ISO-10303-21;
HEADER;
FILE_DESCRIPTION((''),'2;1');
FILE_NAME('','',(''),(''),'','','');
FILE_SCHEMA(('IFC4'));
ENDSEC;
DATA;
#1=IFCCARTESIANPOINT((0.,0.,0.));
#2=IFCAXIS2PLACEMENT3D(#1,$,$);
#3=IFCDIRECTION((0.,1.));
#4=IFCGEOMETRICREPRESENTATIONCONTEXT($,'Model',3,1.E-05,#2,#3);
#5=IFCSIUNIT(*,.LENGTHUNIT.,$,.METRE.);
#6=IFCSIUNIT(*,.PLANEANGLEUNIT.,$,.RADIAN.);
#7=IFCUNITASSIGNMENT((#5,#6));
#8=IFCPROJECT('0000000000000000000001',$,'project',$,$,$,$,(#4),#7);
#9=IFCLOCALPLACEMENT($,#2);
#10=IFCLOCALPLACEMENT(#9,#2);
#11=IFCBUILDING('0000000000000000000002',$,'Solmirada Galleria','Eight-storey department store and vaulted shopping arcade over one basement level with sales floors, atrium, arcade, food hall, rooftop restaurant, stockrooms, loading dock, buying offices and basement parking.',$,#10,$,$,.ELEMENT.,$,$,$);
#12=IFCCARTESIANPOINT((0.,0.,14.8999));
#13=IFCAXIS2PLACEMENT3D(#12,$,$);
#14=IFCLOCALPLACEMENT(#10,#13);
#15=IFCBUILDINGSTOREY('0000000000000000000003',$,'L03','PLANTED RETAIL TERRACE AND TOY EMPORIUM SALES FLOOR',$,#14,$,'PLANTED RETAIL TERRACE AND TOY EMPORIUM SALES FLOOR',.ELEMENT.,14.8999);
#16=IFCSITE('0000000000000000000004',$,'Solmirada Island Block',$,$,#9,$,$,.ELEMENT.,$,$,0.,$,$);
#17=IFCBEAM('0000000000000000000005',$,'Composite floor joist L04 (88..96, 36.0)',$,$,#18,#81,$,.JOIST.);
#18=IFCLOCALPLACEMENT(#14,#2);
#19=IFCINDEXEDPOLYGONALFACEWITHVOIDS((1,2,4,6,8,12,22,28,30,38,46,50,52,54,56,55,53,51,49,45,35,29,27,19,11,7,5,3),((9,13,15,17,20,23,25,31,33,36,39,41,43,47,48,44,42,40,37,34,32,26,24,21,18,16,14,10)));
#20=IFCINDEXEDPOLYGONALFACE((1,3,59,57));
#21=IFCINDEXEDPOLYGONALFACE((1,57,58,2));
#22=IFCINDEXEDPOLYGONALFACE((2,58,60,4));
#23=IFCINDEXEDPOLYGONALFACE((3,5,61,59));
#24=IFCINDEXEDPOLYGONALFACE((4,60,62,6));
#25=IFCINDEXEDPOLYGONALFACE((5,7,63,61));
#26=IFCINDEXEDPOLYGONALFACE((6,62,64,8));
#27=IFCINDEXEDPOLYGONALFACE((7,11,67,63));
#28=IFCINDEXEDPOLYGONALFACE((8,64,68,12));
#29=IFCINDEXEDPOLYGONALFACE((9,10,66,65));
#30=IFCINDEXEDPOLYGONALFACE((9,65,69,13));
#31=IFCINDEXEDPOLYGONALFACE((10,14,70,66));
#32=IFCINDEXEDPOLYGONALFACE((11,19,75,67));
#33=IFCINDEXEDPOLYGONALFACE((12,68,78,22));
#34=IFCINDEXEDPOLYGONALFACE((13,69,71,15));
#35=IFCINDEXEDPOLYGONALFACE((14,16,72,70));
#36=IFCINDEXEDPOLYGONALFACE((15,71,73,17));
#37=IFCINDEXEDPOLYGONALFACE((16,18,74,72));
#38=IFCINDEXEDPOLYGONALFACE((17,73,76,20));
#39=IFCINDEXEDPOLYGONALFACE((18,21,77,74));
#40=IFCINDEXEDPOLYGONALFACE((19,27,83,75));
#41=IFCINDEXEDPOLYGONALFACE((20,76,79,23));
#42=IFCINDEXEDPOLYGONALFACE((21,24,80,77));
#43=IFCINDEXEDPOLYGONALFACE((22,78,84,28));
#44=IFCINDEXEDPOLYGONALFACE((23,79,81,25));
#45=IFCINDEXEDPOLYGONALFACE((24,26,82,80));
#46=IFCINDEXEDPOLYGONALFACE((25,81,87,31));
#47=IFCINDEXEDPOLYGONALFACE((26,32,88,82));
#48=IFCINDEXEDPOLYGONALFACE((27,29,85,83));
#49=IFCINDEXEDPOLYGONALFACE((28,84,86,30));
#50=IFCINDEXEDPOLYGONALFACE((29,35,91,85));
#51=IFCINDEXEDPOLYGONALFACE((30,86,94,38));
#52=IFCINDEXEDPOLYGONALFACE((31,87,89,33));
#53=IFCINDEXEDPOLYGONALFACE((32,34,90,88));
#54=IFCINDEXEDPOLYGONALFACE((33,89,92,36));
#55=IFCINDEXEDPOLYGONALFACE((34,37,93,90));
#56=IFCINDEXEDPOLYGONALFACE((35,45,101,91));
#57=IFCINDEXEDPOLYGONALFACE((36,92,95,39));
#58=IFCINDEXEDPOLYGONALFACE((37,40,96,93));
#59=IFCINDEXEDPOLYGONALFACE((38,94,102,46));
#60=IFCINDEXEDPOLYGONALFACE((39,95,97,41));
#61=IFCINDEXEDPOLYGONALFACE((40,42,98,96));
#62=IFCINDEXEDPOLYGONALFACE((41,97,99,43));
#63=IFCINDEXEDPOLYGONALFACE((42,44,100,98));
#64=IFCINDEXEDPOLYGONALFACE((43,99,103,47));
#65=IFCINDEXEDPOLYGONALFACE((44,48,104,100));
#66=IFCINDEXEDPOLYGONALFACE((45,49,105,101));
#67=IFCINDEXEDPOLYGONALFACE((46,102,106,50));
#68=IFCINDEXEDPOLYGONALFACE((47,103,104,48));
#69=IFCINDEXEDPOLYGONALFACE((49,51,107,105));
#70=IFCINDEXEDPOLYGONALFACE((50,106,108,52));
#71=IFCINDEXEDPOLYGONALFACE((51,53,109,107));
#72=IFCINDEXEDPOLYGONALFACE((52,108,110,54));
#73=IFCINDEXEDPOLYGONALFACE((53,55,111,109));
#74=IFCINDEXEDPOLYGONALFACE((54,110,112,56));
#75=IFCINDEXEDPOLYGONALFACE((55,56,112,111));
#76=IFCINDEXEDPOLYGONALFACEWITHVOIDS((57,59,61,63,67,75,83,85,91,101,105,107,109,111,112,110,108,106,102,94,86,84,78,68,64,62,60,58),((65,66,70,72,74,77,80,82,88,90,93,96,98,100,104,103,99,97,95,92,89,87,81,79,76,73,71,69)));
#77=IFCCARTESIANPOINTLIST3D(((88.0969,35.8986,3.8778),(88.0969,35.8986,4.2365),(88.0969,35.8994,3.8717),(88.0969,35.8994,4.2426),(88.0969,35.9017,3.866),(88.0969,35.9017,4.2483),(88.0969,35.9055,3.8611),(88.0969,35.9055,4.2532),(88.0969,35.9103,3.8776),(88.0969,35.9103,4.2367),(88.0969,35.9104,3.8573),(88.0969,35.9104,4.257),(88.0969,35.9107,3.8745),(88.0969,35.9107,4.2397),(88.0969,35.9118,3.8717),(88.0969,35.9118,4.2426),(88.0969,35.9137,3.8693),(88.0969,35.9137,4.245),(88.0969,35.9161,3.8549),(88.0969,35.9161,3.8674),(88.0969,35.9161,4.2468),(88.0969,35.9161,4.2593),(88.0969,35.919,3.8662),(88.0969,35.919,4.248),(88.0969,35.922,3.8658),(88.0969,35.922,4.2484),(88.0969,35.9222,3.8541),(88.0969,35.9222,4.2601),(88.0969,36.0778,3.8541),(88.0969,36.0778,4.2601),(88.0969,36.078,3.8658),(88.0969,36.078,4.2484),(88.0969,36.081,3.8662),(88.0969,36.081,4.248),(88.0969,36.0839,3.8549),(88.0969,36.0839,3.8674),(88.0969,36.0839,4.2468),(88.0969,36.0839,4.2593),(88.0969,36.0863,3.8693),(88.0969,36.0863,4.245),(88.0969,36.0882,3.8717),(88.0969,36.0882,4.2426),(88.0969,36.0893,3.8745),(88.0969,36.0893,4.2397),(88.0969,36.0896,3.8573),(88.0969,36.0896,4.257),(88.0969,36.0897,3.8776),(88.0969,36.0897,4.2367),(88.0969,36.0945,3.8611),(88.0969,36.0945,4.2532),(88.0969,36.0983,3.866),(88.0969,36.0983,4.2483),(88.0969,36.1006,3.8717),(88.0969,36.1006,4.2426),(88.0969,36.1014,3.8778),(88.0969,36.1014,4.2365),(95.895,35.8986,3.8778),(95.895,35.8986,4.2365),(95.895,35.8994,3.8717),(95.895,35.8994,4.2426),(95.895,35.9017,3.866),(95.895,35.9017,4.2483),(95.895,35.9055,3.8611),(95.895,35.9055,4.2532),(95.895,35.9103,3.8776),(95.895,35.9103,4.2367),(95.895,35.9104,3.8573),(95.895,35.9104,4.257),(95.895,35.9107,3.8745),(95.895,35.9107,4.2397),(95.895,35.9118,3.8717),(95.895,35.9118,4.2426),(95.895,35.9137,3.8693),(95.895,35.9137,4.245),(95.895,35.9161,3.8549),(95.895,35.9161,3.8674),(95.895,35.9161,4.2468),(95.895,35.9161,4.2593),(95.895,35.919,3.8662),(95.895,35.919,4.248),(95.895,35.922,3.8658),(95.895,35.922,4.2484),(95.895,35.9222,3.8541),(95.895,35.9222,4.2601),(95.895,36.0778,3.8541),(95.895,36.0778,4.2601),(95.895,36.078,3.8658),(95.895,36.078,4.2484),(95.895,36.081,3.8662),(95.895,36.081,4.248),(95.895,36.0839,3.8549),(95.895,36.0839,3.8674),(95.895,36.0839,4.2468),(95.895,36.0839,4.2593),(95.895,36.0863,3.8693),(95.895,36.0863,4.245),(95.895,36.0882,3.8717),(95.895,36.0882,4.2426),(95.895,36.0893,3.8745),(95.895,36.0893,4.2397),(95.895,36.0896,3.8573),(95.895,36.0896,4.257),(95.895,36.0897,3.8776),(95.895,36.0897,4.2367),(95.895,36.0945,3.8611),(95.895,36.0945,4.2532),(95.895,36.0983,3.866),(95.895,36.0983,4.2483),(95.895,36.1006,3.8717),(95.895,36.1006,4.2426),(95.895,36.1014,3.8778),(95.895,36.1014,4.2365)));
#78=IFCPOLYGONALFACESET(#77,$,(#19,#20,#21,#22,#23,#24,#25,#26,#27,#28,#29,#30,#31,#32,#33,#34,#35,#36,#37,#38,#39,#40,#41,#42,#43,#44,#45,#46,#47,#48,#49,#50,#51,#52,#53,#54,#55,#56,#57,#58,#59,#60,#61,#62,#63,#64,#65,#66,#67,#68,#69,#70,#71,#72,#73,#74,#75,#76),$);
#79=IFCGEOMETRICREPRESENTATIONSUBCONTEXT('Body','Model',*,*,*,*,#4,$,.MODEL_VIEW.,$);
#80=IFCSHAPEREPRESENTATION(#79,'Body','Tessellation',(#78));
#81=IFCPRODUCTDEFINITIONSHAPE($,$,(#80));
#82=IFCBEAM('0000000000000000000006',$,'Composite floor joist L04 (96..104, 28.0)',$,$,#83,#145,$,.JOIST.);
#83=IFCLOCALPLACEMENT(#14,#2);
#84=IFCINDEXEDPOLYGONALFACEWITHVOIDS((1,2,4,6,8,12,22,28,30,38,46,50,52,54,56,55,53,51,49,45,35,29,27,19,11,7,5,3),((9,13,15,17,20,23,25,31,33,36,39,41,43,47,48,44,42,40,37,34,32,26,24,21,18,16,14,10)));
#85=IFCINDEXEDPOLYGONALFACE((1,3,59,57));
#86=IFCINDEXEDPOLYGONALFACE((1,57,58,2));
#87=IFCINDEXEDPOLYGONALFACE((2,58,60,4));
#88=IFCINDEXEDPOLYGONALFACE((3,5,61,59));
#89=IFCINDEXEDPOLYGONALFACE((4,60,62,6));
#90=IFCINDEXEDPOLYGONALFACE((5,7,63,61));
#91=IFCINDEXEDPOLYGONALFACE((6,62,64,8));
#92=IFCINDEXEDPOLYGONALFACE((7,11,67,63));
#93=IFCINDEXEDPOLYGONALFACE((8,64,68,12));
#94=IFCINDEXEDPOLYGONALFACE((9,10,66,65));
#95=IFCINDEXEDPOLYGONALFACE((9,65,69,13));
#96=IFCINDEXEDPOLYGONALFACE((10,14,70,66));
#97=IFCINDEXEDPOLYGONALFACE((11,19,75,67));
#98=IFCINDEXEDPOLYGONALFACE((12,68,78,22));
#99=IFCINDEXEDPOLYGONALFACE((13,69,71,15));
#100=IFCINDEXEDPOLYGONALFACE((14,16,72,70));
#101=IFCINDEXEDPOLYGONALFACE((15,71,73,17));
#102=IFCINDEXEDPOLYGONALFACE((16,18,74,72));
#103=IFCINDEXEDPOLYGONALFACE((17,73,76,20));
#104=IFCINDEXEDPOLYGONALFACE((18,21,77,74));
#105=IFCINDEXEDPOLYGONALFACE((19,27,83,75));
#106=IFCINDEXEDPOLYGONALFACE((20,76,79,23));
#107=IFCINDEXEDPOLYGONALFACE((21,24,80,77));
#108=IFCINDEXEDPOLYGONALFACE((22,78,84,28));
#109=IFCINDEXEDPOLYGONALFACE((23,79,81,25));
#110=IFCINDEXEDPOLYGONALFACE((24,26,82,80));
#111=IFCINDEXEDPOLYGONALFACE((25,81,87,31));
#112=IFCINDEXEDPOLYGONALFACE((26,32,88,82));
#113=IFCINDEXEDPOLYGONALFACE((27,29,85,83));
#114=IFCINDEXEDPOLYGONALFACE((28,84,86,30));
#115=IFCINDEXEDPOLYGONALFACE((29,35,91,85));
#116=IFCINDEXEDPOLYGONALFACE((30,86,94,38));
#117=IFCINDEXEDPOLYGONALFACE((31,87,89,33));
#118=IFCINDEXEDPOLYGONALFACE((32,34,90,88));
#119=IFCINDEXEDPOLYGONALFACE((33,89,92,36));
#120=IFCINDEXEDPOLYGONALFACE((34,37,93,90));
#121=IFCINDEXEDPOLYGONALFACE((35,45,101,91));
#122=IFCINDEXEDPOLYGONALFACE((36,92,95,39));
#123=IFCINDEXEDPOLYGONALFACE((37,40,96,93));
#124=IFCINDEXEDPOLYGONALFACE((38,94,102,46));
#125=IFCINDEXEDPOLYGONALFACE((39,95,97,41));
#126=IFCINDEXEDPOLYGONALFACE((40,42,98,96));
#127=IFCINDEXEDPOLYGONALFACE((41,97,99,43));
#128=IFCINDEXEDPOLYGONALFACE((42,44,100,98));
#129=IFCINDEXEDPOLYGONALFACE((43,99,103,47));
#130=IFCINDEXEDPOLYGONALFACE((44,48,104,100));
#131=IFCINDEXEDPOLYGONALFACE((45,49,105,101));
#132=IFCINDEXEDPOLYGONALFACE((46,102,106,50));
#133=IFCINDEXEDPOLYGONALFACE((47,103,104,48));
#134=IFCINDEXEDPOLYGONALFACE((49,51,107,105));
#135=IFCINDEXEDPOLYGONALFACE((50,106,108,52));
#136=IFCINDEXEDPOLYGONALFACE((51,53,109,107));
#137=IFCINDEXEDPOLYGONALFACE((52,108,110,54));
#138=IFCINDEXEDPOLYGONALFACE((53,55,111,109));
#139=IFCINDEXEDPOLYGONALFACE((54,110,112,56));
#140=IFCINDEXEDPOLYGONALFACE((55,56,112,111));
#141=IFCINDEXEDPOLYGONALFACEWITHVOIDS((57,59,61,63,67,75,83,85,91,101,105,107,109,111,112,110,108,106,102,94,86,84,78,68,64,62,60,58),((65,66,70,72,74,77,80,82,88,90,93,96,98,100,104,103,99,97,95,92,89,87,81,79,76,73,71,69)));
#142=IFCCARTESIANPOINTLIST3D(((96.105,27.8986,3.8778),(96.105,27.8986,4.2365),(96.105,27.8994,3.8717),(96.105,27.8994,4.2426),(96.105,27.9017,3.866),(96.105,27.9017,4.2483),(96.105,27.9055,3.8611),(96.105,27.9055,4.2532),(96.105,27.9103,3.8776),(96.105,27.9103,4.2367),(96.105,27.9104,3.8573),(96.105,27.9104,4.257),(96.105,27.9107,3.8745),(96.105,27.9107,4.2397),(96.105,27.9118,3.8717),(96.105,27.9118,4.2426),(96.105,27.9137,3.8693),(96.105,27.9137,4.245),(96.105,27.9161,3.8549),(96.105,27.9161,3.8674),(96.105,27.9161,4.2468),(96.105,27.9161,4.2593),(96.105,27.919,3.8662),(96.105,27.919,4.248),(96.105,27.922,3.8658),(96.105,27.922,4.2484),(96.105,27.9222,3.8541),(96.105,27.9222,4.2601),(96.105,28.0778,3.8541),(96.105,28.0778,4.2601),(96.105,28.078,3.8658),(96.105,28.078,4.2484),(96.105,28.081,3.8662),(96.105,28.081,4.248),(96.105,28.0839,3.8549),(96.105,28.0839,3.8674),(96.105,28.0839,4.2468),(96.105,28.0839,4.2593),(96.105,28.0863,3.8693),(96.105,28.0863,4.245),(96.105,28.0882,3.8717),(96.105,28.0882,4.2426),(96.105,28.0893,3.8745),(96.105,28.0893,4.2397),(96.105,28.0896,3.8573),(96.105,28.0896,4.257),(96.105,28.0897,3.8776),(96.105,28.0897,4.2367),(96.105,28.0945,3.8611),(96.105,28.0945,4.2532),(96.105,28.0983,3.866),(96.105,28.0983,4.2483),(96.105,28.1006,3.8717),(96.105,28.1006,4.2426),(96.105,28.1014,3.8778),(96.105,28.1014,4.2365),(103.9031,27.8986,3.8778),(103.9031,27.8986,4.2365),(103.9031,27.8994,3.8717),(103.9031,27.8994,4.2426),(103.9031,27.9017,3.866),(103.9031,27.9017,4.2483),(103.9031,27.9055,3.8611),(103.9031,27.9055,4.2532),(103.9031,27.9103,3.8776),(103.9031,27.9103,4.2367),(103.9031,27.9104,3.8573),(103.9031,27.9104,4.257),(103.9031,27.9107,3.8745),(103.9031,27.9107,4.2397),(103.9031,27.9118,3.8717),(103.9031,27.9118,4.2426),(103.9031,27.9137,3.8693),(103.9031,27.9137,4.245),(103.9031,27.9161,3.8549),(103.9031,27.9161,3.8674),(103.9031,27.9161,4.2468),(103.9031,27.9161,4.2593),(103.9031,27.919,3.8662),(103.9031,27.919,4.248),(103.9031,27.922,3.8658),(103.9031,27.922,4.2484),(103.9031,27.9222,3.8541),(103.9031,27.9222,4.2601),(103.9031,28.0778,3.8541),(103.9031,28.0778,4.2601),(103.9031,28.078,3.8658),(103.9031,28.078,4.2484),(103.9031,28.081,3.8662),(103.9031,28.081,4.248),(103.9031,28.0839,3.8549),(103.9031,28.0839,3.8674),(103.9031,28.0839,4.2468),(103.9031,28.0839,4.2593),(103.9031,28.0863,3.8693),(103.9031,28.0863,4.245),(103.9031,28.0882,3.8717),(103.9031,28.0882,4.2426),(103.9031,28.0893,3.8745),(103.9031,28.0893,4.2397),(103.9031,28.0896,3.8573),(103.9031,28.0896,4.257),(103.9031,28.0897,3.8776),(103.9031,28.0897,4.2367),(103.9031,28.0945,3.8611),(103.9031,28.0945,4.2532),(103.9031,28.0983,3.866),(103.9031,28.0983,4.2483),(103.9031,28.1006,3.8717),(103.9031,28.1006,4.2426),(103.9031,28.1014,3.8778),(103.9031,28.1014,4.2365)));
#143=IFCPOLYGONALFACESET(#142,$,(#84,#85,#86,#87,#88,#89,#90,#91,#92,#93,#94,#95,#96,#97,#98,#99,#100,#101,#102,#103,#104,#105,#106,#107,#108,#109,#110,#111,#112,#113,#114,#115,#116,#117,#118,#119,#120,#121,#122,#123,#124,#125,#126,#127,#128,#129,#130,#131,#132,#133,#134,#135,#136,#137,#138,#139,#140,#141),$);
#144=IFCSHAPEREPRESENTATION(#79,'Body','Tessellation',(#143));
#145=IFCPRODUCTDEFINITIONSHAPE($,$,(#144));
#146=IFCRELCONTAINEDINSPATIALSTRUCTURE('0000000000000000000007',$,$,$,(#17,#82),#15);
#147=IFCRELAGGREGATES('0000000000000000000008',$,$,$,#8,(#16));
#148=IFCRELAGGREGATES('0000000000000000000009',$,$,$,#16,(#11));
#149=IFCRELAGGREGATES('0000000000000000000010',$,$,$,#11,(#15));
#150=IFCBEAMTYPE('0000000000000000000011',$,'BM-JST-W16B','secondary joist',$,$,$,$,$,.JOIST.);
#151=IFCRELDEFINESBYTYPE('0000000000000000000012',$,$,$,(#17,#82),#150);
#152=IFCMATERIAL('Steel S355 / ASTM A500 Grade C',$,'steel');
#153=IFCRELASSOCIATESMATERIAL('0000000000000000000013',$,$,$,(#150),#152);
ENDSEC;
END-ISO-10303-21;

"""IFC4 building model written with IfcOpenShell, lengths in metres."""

from ifc_helpers import new_model, si_unit, direction, frame, origin, origin_2d, place, context, subcontext, project, spatial, hollow_rectangle, extrude, material, material_profile, profile_set, type_object, element, save


model = new_model("IFC4")

# Units and contexts
model_context = context("Model", 3, precision=1e-05, world=origin(), true_north=direction((0.0, 1.0)))
body_context = subcontext(model_context, "Body", "Model", "MODEL_VIEW")
ifc_project = project(units=[si_unit("LENGTHUNIT", "METRE"), si_unit("PLANEANGLEUNIT", "RADIAN")], contexts=[model_context])

# Site, building, storey
site_placement = place(None, origin())
site = spatial("IfcSite", under=ifc_project, at=site_placement, Name="Solmirada Island Block", CompositionType="ELEMENT", RefElevation=0.0)
building_placement = place(site_placement, origin())
building = spatial("IfcBuilding", under=site, at=building_placement, Name="Solmirada Galleria", Description="Eight-storey department store and vaulted shopping arcade over one basement level with sales floors, atrium, arcade, food hall, rooftop restaurant, stockrooms, loading dock, buying offices and basement parking.", CompositionType="ELEMENT")
storey_placement = place(building_placement, frame((0.0, 0.0, 14.8999)))
storey = spatial("IfcBuildingStorey", under=building, at=storey_placement, Name="L03", Description="PLANTED RETAIL TERRACE AND TOY EMPORIUM SALES FLOOR", LongName="PLANTED RETAIL TERRACE AND TOY EMPORIUM SALES FLOOR", CompositionType="ELEMENT", Elevation=14.8999)

# Shared definitions
ifc_material_1 = material(Name="Steel S355 / ASTM A500 Grade C", Category="steel")

# Beams
ifc_material_profile_1 = material_profile(ifc_material_1, hollow_rectangle(XDim=0.2029, YDim=0.406, WallThickness=0.0117, InnerFilletRadius=0.0117, OuterFilletRadius=0.0237, at=origin_2d()), Name="HSS16X8X1/2")
ifc_profile_set_1 = profile_set([ifc_material_profile_1], Name="Steel S355 / ASTM A500 Grade C")
beam_type_1 = type_object("IfcBeamType", Name="BM-JST-W16B", Description="secondary joist", PredefinedType="JOIST", material=ifc_profile_set_1)
for number, where, z_axis, x_axis, name in (
    (1, (88.0969, 36.0, 4.0571), (1.0, 0.0, 0.0), (0.0, 1.0, 0.0), "Composite floor joist L04 (88..96, 36.0)"),
    (2, (96.105, 28.0, 4.0571), (1.0, 0.0, 0.0), (0.0, 1.0, 0.0), "Composite floor joist L04 (96..104, 28.0)"),
):
    element("IfcBeam", number, at=place(storey_placement, frame(where, z_axis=z_axis, x_axis=x_axis)), inside=storey, type_object=beam_type_1, Name=name, PredefinedType="JOIST", context=body_context, shape_type="SweptSolid", body=[
        extrude(hollow_rectangle(XDim=0.2029, YDim=0.406, WallThickness=0.0117, InnerFilletRadius=0.0117, OuterFilletRadius=0.0237, at=origin_2d()), origin(), (0.0, 0.0, 1.0), 7.7981),
    ])

save(model, "model.ifc")
